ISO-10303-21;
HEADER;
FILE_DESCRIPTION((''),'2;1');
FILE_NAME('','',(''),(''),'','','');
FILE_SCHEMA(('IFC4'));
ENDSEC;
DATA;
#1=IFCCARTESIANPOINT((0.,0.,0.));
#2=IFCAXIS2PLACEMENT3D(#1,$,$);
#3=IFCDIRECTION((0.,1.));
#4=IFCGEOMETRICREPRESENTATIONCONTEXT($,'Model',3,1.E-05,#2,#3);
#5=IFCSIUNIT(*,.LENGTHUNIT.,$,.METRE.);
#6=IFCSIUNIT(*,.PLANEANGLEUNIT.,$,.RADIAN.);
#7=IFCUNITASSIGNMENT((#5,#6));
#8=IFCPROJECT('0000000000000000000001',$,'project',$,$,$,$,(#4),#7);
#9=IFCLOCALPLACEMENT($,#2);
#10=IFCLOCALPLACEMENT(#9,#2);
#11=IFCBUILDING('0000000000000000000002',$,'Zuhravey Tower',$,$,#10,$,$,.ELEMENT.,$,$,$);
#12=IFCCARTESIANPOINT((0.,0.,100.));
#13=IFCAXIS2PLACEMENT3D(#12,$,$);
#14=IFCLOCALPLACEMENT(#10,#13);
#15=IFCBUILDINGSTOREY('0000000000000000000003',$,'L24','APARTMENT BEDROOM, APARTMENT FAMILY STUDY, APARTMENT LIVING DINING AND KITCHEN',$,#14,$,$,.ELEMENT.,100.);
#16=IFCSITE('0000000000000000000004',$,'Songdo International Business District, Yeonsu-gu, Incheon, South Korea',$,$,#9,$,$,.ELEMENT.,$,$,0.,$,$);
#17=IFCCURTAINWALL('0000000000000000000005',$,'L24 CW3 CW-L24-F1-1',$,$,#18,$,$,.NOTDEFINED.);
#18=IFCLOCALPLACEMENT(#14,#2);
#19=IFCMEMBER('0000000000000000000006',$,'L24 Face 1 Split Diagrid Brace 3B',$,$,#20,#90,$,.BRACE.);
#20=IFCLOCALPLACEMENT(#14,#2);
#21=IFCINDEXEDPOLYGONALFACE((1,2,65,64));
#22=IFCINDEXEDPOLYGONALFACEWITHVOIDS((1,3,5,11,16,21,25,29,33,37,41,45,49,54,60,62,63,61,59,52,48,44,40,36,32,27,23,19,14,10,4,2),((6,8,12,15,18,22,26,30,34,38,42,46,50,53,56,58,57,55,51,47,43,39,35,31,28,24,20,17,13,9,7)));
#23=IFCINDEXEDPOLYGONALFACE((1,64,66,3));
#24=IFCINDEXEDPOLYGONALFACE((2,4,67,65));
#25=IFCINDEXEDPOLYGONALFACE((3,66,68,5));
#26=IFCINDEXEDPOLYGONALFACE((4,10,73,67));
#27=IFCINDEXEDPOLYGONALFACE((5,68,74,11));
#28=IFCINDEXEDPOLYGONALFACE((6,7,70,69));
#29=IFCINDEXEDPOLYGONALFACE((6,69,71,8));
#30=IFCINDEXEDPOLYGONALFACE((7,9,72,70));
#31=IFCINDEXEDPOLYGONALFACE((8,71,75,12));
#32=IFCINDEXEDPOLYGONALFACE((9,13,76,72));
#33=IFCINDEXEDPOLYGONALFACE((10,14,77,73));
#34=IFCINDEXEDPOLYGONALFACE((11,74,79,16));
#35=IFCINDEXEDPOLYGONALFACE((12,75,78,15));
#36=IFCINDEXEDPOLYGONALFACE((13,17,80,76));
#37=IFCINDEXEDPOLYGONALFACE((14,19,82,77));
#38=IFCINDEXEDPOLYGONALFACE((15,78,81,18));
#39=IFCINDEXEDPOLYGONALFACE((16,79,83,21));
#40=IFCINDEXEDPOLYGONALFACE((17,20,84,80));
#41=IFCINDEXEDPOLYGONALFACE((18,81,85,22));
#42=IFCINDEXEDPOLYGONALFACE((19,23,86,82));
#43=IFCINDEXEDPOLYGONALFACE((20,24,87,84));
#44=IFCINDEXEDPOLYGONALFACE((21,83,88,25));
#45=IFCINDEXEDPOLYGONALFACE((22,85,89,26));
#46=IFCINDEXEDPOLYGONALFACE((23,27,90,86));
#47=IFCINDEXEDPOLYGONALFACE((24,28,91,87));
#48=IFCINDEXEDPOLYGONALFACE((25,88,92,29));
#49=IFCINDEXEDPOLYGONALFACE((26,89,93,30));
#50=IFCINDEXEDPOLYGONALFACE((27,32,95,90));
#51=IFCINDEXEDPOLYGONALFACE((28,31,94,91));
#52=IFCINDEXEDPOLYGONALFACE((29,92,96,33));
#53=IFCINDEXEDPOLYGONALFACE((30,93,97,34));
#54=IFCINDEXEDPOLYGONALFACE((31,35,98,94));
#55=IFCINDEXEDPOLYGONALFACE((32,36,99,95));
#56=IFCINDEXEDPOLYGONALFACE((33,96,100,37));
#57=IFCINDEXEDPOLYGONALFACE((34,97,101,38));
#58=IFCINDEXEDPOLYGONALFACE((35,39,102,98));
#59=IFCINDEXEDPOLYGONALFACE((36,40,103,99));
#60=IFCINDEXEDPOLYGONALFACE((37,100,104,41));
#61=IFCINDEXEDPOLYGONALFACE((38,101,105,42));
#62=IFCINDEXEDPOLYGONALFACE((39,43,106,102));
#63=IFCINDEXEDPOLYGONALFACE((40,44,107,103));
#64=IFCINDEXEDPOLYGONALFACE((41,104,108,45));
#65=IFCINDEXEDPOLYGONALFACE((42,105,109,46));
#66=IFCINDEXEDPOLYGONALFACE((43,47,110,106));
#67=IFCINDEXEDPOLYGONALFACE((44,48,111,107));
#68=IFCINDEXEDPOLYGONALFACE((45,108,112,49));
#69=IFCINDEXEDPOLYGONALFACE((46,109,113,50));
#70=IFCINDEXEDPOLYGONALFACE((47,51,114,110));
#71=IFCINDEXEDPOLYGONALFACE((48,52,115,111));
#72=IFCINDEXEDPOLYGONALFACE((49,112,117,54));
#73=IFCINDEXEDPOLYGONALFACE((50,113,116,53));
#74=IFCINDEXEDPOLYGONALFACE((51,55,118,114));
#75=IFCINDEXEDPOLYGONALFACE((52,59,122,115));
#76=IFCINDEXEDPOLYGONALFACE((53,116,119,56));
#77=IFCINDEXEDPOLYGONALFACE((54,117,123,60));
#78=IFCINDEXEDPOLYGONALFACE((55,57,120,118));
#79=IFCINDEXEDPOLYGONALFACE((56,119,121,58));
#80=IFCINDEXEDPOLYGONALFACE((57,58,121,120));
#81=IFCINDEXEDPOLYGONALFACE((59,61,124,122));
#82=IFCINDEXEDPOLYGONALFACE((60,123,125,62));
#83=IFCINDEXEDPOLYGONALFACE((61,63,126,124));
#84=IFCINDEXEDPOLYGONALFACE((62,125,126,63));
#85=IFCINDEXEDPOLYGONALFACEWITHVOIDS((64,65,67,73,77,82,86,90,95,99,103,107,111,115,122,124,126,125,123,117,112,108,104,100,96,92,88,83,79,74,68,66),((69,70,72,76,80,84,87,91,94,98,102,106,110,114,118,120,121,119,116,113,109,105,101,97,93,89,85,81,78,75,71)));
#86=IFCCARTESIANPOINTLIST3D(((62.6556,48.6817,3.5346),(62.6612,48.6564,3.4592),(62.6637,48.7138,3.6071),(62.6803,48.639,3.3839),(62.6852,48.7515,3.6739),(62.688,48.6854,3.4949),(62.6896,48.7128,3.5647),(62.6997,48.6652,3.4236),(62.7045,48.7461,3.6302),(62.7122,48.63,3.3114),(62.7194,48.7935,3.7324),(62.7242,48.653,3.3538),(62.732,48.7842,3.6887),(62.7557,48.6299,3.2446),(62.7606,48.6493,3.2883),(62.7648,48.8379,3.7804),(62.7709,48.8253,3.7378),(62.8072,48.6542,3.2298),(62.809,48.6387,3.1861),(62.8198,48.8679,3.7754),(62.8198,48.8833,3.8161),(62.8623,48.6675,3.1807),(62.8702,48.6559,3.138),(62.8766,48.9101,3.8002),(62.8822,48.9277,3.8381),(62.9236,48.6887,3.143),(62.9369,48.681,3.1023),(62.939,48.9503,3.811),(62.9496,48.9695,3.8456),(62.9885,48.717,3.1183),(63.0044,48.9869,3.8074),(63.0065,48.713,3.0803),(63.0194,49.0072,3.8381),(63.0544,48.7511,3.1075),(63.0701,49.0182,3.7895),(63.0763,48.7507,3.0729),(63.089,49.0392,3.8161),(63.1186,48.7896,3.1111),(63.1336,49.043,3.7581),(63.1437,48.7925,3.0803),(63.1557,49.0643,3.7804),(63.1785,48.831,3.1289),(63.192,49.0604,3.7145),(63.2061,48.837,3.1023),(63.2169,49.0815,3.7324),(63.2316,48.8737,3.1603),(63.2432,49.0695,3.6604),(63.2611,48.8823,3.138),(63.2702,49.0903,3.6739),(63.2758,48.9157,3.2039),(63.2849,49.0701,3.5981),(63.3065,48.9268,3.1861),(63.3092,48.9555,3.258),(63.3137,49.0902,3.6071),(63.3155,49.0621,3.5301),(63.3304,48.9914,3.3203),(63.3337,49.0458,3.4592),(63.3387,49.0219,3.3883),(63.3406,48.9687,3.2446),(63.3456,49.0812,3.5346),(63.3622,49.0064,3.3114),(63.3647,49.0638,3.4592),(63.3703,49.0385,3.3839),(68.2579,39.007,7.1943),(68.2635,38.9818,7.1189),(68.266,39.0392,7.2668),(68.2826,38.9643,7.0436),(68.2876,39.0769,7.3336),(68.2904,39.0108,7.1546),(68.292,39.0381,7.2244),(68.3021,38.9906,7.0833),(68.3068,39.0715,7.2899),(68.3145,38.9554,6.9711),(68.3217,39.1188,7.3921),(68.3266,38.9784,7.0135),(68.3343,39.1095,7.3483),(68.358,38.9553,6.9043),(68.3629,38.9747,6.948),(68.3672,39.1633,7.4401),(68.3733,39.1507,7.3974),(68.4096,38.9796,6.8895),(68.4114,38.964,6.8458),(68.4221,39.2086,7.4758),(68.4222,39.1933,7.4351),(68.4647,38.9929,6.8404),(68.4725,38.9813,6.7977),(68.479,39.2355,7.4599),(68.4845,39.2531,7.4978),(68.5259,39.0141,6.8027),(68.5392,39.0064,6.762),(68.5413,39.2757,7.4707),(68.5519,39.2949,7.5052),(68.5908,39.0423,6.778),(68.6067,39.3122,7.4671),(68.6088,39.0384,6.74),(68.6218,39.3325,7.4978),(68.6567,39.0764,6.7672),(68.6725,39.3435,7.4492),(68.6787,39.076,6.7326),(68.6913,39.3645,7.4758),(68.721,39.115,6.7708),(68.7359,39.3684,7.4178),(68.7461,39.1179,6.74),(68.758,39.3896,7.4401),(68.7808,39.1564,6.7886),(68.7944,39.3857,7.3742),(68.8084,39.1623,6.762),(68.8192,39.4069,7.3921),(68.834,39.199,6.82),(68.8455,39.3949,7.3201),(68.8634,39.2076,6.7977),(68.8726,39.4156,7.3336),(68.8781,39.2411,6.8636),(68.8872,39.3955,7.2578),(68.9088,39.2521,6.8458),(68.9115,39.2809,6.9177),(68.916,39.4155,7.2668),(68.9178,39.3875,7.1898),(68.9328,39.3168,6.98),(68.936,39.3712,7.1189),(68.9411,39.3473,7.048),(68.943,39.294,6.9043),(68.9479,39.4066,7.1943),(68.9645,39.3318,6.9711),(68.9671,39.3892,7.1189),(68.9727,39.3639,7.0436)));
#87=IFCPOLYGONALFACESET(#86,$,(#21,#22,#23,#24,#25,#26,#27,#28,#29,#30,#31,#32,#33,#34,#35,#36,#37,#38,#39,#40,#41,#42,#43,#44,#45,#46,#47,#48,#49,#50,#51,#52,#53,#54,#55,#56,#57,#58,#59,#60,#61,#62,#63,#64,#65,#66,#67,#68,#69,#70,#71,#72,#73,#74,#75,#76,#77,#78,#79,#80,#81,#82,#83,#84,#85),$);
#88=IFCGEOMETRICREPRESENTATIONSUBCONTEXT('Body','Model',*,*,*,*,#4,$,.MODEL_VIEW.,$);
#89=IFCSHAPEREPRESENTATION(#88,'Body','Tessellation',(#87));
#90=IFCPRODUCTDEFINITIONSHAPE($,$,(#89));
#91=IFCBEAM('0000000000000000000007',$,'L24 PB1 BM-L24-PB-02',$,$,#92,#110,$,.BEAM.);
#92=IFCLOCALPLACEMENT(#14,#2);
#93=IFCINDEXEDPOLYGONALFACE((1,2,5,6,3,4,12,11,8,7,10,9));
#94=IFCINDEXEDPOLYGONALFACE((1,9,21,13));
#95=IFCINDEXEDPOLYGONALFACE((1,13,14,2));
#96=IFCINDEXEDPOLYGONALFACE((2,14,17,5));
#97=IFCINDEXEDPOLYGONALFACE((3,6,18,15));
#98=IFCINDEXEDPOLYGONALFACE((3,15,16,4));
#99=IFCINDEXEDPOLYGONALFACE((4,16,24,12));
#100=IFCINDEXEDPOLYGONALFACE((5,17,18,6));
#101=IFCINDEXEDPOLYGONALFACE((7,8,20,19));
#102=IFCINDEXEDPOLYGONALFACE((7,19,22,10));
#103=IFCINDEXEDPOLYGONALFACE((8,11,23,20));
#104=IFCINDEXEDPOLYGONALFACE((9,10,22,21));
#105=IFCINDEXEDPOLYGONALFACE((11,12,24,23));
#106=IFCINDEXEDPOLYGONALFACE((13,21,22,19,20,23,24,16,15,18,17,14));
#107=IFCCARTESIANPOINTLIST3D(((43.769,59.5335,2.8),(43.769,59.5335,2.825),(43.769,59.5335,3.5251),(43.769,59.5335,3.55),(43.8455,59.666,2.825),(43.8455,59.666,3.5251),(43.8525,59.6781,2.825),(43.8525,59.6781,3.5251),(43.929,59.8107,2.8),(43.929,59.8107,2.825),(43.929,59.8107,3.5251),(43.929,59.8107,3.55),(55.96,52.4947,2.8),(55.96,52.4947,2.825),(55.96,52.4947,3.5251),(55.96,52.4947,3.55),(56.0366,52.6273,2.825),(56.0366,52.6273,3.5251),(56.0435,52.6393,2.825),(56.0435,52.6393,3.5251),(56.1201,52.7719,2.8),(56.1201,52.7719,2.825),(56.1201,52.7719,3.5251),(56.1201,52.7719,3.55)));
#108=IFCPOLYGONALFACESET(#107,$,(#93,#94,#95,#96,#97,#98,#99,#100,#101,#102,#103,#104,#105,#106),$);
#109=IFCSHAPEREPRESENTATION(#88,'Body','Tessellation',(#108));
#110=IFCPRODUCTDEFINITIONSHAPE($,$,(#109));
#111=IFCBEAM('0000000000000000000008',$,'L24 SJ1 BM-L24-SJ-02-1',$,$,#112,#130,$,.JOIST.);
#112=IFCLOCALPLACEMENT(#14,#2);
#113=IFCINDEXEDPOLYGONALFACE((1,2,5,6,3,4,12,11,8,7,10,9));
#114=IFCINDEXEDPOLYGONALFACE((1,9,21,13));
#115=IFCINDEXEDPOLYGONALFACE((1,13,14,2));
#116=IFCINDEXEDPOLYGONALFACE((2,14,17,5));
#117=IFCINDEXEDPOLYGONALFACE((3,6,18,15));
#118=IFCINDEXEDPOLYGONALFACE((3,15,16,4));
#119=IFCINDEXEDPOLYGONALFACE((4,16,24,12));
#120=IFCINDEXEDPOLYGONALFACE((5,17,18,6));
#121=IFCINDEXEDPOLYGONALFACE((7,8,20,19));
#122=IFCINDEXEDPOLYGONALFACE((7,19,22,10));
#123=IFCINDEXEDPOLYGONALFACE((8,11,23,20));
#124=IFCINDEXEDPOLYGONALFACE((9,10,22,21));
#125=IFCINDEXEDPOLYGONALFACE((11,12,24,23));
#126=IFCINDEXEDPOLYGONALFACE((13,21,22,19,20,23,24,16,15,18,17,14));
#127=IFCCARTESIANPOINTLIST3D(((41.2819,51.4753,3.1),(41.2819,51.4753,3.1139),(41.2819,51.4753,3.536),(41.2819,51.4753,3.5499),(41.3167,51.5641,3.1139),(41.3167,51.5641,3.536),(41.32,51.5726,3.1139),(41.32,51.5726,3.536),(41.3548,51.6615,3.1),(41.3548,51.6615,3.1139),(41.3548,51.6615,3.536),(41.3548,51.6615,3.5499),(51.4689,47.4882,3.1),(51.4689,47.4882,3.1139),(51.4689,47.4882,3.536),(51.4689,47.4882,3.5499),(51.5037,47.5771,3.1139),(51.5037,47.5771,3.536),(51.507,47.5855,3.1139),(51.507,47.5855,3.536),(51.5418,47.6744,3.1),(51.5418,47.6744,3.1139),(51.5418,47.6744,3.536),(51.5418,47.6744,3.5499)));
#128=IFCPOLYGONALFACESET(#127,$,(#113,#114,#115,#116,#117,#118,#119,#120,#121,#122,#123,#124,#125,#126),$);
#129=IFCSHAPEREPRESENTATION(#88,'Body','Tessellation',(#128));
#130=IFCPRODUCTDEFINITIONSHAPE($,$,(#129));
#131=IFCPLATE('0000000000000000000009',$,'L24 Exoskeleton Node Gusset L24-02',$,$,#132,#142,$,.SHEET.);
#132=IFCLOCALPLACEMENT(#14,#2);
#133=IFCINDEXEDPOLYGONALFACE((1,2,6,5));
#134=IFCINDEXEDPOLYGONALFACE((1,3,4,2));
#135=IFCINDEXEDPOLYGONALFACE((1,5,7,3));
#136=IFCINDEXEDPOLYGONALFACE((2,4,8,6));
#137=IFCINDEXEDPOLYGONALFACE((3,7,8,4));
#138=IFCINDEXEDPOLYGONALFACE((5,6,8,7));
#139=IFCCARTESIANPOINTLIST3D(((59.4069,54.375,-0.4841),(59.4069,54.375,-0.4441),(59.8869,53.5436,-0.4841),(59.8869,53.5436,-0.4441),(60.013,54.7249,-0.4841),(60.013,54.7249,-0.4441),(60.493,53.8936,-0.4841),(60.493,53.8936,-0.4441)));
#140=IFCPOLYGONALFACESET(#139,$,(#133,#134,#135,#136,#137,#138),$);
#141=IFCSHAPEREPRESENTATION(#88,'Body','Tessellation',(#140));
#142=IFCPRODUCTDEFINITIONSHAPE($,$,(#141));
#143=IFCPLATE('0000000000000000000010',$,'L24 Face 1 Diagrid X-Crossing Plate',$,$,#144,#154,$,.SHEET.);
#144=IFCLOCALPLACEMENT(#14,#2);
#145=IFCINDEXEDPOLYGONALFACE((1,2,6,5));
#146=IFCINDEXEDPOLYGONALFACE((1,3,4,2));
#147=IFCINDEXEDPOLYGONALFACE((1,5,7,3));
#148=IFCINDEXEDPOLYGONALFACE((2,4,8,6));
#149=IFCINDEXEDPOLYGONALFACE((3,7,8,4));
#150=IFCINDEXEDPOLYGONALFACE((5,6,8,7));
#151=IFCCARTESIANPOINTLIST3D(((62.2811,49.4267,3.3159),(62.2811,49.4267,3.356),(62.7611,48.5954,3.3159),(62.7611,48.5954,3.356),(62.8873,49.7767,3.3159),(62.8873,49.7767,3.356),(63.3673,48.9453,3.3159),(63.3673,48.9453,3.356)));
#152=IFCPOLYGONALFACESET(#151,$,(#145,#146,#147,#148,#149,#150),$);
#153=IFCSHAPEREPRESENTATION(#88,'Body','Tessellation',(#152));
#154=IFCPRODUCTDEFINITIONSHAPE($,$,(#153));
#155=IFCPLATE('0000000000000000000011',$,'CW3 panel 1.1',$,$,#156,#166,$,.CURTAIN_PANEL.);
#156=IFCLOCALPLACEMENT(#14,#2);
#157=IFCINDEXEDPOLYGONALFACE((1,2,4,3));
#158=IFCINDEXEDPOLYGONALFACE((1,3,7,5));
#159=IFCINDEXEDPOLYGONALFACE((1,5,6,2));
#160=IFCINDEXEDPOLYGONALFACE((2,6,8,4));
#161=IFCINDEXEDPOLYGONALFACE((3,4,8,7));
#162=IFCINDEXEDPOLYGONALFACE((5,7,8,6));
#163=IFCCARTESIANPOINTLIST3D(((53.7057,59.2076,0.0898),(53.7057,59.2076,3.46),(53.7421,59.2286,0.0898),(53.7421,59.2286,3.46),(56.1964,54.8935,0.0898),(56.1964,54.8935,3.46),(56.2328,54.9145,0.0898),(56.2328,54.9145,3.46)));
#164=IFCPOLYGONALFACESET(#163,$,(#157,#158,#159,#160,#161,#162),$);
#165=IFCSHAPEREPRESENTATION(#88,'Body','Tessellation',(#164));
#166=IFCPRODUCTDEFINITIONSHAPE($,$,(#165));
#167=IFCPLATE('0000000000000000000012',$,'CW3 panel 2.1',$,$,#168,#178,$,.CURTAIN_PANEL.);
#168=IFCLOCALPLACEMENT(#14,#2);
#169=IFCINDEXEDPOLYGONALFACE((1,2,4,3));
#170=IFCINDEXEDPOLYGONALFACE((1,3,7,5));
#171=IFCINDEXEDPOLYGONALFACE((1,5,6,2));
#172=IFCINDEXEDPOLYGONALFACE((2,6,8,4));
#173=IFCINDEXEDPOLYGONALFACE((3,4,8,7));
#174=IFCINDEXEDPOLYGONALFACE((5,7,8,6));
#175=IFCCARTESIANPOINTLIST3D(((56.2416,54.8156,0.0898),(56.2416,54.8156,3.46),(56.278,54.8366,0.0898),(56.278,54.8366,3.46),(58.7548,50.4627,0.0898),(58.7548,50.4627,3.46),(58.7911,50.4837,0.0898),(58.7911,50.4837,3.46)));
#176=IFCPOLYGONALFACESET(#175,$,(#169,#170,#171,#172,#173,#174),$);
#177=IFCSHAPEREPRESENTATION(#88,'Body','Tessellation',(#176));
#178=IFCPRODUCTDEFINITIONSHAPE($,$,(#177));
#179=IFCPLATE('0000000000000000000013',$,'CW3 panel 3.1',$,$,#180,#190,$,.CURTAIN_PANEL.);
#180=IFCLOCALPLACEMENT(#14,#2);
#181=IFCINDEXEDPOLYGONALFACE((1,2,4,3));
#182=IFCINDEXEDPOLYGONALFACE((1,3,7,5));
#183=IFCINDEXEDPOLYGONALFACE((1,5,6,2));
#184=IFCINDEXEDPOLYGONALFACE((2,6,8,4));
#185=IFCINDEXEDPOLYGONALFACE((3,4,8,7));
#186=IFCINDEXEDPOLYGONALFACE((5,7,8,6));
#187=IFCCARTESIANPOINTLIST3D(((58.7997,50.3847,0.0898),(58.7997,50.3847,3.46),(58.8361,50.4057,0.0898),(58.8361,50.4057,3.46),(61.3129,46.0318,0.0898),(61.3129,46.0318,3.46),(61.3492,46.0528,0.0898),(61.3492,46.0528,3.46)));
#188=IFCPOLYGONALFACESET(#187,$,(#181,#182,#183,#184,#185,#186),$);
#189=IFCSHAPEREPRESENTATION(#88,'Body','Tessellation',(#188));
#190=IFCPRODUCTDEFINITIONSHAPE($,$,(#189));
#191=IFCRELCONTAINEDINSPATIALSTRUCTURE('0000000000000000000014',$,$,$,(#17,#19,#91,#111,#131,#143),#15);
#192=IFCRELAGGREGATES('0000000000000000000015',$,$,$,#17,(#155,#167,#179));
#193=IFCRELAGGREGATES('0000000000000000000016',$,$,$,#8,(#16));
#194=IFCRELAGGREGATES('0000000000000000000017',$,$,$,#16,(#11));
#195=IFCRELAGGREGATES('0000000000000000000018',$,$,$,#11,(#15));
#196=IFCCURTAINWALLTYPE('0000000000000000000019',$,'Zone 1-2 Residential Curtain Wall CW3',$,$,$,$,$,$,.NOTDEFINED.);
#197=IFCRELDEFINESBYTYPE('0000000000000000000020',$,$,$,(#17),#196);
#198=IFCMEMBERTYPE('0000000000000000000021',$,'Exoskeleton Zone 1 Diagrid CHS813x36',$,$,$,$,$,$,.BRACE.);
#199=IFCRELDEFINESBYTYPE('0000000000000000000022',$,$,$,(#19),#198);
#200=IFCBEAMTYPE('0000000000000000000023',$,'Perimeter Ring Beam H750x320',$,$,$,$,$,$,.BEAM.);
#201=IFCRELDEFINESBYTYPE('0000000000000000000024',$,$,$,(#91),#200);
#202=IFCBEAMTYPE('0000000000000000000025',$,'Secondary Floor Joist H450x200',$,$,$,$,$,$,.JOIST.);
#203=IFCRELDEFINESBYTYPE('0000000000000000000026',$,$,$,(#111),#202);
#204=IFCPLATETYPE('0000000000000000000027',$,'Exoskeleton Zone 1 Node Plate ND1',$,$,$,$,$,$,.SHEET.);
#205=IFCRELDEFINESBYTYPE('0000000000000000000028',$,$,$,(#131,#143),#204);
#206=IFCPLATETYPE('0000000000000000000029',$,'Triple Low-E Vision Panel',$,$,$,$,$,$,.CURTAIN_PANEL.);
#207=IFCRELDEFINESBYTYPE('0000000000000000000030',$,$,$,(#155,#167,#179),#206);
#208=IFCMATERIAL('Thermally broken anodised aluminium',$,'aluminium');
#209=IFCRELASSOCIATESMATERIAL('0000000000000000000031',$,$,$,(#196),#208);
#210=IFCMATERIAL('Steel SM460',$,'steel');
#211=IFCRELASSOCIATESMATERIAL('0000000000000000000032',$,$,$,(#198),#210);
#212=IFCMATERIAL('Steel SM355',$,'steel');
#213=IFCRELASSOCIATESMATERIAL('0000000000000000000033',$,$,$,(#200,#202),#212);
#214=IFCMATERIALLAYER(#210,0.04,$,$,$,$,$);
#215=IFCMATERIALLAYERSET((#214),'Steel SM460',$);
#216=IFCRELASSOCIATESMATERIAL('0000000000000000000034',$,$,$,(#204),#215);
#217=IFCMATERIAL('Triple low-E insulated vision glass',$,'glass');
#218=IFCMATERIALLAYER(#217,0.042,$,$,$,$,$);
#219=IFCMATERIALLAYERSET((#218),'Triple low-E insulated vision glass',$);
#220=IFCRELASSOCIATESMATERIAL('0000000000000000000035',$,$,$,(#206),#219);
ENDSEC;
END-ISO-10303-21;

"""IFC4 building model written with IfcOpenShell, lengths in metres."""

from ifc_helpers import new_model, si_unit, direction, frame, origin, origin_2d, place, context, subcontext, project, spatial, rectangle, hollow_circle, i_section, extrude, material, layer, layer_set, material_profile, profile_set, type_object, element, aggregate, save


model = new_model("IFC4")

# Units and contexts
model_context = context("Model", 3, precision=1e-05, world=origin(), true_north=direction((0.0, 1.0)))
body_context = subcontext(model_context, "Body", "Model", "MODEL_VIEW")
ifc_project = project(units=[si_unit("LENGTHUNIT", "METRE"), si_unit("PLANEANGLEUNIT", "RADIAN")], contexts=[model_context])

# Site, building, storey
site_placement = place(None, origin())
site = spatial("IfcSite", under=ifc_project, at=site_placement, Name="Songdo International Business District, Yeonsu-gu, Incheon, South Korea", CompositionType="ELEMENT", RefElevation=0.0)
building_placement = place(site_placement, origin())
building = spatial("IfcBuilding", under=site, at=building_placement, Name="Zuhravey Tower", CompositionType="ELEMENT")
storey_placement = place(building_placement, frame((0.0, 0.0, 100.0)))
storey = spatial("IfcBuildingStorey", under=building, at=storey_placement, Name="L24", Description="APARTMENT BEDROOM, APARTMENT FAMILY STUDY, APARTMENT LIVING DINING AND KITCHEN", CompositionType="ELEMENT", Elevation=100.0)

# Shared definitions
ifc_material_1 = material(Name="Thermally broken anodised aluminium", Category="aluminium")
curtain_wall_type = type_object("IfcCurtainWallType", Name="Zone 1-2 Residential Curtain Wall CW3", PredefinedType="NOTDEFINED", material=ifc_material_1)

# Curtain wall
curtain_wall_1_placement = place(storey_placement, origin())
curtain_wall_1 = element("IfcCurtainWall", 1, at=curtain_wall_1_placement, inside=storey, type_object=curtain_wall_type, Name="L24 CW3 CW-L24-F1-1", PredefinedType="NOTDEFINED")

# Member
ifc_material_2 = material(Name="Steel SM460", Category="steel")
ifc_material_profile_1 = material_profile(ifc_material_2, hollow_circle(Radius=0.4065, WallThickness=0.0359, at=origin_2d()), Name="CHS-812.8x36")
ifc_profile_set_1 = profile_set([ifc_material_profile_1], Name="Steel SM460")
member_type_1 = type_object("IfcMemberType", Name="Exoskeleton Zone 1 Diagrid CHS813x36", PredefinedType="BRACE", material=ifc_profile_set_1)
member_1_placement = place(storey_placement, frame((63.0129, 48.8601, 3.4592), z_axis=(0.476251, -0.822434, 0.311108), x_axis=(0.865378, 0.501119, 0.0)))
element("IfcMember", 2, at=member_1_placement, inside=storey, type_object=member_type_1, Name="L24 Face 1 Split Diagrid Brace 3B", PredefinedType="BRACE", context=body_context, shape_type="SweptSolid", body=[
    extrude(hollow_circle(Radius=0.4065, WallThickness=0.0359, at=origin_2d()), origin(), (0.0, 0.0, 1.0), 11.7634),
])

# Beams
ifc_material_3 = material(Name="Steel SM355", Category="steel")
ifc_material_profile_2 = material_profile(ifc_material_3, i_section(OverallWidth=0.3201, OverallDepth=0.75, WebThickness=0.0139, FlangeThickness=0.0249, at=origin_2d()), Name="H-750x320x14x25")
ifc_profile_set_2 = profile_set([ifc_material_profile_2], Name="Steel SM355")
beam_type_1 = type_object("IfcBeamType", Name="Perimeter Ring Beam H750x320", PredefinedType="BEAM", material=ifc_profile_set_2)
beam_1_placement = place(storey_placement, frame((56.04, 52.6333, 3.175), z_axis=(-0.866018, 0.500013, 0.0), x_axis=(-0.500013, -0.866018, 0.0)))
element("IfcBeam", 3, at=beam_1_placement, inside=storey, type_object=beam_type_1, Name="L24 PB1 BM-L24-PB-02", PredefinedType="BEAM", context=body_context, shape_type="SweptSolid", body=[
    extrude(i_section(OverallWidth=0.3201, OverallDepth=0.75, WebThickness=0.0139, FlangeThickness=0.0249, at=origin_2d()), origin(), (0.0, 0.0, 1.0), 14.0771),
])
ifc_material_profile_3 = material_profile(ifc_material_3, i_section(OverallWidth=0.2, OverallDepth=0.45, WebThickness=0.009, FlangeThickness=0.0139, at=origin_2d()), Name="H-450x200x9x14")
ifc_profile_set_3 = profile_set([ifc_material_profile_3], Name="Steel SM355")
beam_type_2 = type_object("IfcBeamType", Name="Secondary Floor Joist H450x200", PredefinedType="JOIST", material=ifc_profile_set_3)
beam_2_placement = place(storey_placement, frame((51.5054, 47.5813, 3.325), z_axis=(-0.931217, 0.364466, 0.0), x_axis=(-0.364466, -0.931217, 0.0)))
element("IfcBeam", 4, at=beam_2_placement, inside=storey, type_object=beam_type_2, Name="L24 SJ1 BM-L24-SJ-02-1", PredefinedType="JOIST", context=body_context, shape_type="SweptSolid", body=[
    extrude(i_section(OverallWidth=0.2, OverallDepth=0.45, WebThickness=0.009, FlangeThickness=0.0139, at=origin_2d()), origin(), (0.0, 0.0, 1.0), 10.9395),
])

# Plates
ifc_layer_1 = layer(ifc_material_2, 0.04)
ifc_layer_set_1 = layer_set([ifc_layer_1], Name="Steel SM460")
plate_type_1 = type_object("IfcPlateType", Name="Exoskeleton Zone 1 Node Plate ND1", PredefinedType="SHEET", material=ifc_layer_set_1)
for number, where, z_axis, x_axis, name in (
    (5, (59.95, 54.1343, -0.4841), (0.0, 0.0, 1.0), (-0.5, 0.866025, 0.0), "L24 Exoskeleton Node Gusset L24-02"),
    (6, (62.8242, 49.186, 3.3159), (0.0, 0.0, 1.0), (-0.5, 0.866025, 0.0), "L24 Face 1 Diagrid X-Crossing Plate"),
):
    element("IfcPlate", number, at=place(storey_placement, frame(where, z_axis=z_axis, x_axis=x_axis)), inside=storey, type_object=plate_type_1, Name=name, PredefinedType="SHEET", context=body_context, shape_type="SweptSolid", body=[
        extrude(rectangle(XDim=0.96, YDim=0.7, at=origin_2d()), origin(), (0.0, 0.0, 1.0), 0.04),
    ])

# Plates
ifc_material_4 = material(Name="Triple low-E insulated vision glass", Category="glass")
ifc_layer_2 = layer(ifc_material_4, 0.042)
ifc_layer_set_2 = layer_set([ifc_layer_2], Name="Triple low-E insulated vision glass")
plate_type_2 = type_object("IfcPlateType", Name="Triple Low-E Vision Panel", PredefinedType="CURTAIN_PANEL", material=ifc_layer_set_2)
plate_1_placement = place(storey_placement, frame((54.9692, 57.061, 0.0898), z_axis=(0.0, 0.0, 1.0), x_axis=(0.499999, -0.866026, 0.0)))
plate_1 = element("IfcPlate", 7, at=plate_1_placement, type_object=plate_type_2, Name="CW3 panel 1.1", PredefinedType="CURTAIN_PANEL", context=body_context, shape_type="SweptSolid", body=[
    extrude(rectangle(XDim=4.9814, YDim=0.042, at=origin_2d()), origin(), (0.0, 0.0, 1.0), 3.3701),
])
plate_2_placement = place(storey_placement, frame((57.5164, 52.6497, 0.0898), z_axis=(0.0, 0.0, 1.0), x_axis=(0.499999, -0.866026, 0.0)))
plate_2 = element("IfcPlate", 8, at=plate_2_placement, type_object=plate_type_2, Name="CW3 panel 2.1", PredefinedType="CURTAIN_PANEL", context=body_context, shape_type="SweptSolid", body=[
    extrude(rectangle(XDim=5.0264, YDim=0.042, at=origin_2d()), origin(), (0.0, 0.0, 1.0), 3.3701),
])
plate_3_placement = place(storey_placement, frame((60.0745, 48.2188, 0.0898), z_axis=(0.0, 0.0, 1.0), x_axis=(0.499999, -0.866026, 0.0)))
plate_3 = element("IfcPlate", 9, at=plate_3_placement, type_object=plate_type_2, Name="CW3 panel 3.1", PredefinedType="CURTAIN_PANEL", context=body_context, shape_type="SweptSolid", body=[
    extrude(rectangle(XDim=5.0264, YDim=0.042, at=origin_2d()), origin(), (0.0, 0.0, 1.0), 3.3701),
])
aggregate(curtain_wall_1, [plate_1, plate_2, plate_3])

save(model, "model.ifc")
